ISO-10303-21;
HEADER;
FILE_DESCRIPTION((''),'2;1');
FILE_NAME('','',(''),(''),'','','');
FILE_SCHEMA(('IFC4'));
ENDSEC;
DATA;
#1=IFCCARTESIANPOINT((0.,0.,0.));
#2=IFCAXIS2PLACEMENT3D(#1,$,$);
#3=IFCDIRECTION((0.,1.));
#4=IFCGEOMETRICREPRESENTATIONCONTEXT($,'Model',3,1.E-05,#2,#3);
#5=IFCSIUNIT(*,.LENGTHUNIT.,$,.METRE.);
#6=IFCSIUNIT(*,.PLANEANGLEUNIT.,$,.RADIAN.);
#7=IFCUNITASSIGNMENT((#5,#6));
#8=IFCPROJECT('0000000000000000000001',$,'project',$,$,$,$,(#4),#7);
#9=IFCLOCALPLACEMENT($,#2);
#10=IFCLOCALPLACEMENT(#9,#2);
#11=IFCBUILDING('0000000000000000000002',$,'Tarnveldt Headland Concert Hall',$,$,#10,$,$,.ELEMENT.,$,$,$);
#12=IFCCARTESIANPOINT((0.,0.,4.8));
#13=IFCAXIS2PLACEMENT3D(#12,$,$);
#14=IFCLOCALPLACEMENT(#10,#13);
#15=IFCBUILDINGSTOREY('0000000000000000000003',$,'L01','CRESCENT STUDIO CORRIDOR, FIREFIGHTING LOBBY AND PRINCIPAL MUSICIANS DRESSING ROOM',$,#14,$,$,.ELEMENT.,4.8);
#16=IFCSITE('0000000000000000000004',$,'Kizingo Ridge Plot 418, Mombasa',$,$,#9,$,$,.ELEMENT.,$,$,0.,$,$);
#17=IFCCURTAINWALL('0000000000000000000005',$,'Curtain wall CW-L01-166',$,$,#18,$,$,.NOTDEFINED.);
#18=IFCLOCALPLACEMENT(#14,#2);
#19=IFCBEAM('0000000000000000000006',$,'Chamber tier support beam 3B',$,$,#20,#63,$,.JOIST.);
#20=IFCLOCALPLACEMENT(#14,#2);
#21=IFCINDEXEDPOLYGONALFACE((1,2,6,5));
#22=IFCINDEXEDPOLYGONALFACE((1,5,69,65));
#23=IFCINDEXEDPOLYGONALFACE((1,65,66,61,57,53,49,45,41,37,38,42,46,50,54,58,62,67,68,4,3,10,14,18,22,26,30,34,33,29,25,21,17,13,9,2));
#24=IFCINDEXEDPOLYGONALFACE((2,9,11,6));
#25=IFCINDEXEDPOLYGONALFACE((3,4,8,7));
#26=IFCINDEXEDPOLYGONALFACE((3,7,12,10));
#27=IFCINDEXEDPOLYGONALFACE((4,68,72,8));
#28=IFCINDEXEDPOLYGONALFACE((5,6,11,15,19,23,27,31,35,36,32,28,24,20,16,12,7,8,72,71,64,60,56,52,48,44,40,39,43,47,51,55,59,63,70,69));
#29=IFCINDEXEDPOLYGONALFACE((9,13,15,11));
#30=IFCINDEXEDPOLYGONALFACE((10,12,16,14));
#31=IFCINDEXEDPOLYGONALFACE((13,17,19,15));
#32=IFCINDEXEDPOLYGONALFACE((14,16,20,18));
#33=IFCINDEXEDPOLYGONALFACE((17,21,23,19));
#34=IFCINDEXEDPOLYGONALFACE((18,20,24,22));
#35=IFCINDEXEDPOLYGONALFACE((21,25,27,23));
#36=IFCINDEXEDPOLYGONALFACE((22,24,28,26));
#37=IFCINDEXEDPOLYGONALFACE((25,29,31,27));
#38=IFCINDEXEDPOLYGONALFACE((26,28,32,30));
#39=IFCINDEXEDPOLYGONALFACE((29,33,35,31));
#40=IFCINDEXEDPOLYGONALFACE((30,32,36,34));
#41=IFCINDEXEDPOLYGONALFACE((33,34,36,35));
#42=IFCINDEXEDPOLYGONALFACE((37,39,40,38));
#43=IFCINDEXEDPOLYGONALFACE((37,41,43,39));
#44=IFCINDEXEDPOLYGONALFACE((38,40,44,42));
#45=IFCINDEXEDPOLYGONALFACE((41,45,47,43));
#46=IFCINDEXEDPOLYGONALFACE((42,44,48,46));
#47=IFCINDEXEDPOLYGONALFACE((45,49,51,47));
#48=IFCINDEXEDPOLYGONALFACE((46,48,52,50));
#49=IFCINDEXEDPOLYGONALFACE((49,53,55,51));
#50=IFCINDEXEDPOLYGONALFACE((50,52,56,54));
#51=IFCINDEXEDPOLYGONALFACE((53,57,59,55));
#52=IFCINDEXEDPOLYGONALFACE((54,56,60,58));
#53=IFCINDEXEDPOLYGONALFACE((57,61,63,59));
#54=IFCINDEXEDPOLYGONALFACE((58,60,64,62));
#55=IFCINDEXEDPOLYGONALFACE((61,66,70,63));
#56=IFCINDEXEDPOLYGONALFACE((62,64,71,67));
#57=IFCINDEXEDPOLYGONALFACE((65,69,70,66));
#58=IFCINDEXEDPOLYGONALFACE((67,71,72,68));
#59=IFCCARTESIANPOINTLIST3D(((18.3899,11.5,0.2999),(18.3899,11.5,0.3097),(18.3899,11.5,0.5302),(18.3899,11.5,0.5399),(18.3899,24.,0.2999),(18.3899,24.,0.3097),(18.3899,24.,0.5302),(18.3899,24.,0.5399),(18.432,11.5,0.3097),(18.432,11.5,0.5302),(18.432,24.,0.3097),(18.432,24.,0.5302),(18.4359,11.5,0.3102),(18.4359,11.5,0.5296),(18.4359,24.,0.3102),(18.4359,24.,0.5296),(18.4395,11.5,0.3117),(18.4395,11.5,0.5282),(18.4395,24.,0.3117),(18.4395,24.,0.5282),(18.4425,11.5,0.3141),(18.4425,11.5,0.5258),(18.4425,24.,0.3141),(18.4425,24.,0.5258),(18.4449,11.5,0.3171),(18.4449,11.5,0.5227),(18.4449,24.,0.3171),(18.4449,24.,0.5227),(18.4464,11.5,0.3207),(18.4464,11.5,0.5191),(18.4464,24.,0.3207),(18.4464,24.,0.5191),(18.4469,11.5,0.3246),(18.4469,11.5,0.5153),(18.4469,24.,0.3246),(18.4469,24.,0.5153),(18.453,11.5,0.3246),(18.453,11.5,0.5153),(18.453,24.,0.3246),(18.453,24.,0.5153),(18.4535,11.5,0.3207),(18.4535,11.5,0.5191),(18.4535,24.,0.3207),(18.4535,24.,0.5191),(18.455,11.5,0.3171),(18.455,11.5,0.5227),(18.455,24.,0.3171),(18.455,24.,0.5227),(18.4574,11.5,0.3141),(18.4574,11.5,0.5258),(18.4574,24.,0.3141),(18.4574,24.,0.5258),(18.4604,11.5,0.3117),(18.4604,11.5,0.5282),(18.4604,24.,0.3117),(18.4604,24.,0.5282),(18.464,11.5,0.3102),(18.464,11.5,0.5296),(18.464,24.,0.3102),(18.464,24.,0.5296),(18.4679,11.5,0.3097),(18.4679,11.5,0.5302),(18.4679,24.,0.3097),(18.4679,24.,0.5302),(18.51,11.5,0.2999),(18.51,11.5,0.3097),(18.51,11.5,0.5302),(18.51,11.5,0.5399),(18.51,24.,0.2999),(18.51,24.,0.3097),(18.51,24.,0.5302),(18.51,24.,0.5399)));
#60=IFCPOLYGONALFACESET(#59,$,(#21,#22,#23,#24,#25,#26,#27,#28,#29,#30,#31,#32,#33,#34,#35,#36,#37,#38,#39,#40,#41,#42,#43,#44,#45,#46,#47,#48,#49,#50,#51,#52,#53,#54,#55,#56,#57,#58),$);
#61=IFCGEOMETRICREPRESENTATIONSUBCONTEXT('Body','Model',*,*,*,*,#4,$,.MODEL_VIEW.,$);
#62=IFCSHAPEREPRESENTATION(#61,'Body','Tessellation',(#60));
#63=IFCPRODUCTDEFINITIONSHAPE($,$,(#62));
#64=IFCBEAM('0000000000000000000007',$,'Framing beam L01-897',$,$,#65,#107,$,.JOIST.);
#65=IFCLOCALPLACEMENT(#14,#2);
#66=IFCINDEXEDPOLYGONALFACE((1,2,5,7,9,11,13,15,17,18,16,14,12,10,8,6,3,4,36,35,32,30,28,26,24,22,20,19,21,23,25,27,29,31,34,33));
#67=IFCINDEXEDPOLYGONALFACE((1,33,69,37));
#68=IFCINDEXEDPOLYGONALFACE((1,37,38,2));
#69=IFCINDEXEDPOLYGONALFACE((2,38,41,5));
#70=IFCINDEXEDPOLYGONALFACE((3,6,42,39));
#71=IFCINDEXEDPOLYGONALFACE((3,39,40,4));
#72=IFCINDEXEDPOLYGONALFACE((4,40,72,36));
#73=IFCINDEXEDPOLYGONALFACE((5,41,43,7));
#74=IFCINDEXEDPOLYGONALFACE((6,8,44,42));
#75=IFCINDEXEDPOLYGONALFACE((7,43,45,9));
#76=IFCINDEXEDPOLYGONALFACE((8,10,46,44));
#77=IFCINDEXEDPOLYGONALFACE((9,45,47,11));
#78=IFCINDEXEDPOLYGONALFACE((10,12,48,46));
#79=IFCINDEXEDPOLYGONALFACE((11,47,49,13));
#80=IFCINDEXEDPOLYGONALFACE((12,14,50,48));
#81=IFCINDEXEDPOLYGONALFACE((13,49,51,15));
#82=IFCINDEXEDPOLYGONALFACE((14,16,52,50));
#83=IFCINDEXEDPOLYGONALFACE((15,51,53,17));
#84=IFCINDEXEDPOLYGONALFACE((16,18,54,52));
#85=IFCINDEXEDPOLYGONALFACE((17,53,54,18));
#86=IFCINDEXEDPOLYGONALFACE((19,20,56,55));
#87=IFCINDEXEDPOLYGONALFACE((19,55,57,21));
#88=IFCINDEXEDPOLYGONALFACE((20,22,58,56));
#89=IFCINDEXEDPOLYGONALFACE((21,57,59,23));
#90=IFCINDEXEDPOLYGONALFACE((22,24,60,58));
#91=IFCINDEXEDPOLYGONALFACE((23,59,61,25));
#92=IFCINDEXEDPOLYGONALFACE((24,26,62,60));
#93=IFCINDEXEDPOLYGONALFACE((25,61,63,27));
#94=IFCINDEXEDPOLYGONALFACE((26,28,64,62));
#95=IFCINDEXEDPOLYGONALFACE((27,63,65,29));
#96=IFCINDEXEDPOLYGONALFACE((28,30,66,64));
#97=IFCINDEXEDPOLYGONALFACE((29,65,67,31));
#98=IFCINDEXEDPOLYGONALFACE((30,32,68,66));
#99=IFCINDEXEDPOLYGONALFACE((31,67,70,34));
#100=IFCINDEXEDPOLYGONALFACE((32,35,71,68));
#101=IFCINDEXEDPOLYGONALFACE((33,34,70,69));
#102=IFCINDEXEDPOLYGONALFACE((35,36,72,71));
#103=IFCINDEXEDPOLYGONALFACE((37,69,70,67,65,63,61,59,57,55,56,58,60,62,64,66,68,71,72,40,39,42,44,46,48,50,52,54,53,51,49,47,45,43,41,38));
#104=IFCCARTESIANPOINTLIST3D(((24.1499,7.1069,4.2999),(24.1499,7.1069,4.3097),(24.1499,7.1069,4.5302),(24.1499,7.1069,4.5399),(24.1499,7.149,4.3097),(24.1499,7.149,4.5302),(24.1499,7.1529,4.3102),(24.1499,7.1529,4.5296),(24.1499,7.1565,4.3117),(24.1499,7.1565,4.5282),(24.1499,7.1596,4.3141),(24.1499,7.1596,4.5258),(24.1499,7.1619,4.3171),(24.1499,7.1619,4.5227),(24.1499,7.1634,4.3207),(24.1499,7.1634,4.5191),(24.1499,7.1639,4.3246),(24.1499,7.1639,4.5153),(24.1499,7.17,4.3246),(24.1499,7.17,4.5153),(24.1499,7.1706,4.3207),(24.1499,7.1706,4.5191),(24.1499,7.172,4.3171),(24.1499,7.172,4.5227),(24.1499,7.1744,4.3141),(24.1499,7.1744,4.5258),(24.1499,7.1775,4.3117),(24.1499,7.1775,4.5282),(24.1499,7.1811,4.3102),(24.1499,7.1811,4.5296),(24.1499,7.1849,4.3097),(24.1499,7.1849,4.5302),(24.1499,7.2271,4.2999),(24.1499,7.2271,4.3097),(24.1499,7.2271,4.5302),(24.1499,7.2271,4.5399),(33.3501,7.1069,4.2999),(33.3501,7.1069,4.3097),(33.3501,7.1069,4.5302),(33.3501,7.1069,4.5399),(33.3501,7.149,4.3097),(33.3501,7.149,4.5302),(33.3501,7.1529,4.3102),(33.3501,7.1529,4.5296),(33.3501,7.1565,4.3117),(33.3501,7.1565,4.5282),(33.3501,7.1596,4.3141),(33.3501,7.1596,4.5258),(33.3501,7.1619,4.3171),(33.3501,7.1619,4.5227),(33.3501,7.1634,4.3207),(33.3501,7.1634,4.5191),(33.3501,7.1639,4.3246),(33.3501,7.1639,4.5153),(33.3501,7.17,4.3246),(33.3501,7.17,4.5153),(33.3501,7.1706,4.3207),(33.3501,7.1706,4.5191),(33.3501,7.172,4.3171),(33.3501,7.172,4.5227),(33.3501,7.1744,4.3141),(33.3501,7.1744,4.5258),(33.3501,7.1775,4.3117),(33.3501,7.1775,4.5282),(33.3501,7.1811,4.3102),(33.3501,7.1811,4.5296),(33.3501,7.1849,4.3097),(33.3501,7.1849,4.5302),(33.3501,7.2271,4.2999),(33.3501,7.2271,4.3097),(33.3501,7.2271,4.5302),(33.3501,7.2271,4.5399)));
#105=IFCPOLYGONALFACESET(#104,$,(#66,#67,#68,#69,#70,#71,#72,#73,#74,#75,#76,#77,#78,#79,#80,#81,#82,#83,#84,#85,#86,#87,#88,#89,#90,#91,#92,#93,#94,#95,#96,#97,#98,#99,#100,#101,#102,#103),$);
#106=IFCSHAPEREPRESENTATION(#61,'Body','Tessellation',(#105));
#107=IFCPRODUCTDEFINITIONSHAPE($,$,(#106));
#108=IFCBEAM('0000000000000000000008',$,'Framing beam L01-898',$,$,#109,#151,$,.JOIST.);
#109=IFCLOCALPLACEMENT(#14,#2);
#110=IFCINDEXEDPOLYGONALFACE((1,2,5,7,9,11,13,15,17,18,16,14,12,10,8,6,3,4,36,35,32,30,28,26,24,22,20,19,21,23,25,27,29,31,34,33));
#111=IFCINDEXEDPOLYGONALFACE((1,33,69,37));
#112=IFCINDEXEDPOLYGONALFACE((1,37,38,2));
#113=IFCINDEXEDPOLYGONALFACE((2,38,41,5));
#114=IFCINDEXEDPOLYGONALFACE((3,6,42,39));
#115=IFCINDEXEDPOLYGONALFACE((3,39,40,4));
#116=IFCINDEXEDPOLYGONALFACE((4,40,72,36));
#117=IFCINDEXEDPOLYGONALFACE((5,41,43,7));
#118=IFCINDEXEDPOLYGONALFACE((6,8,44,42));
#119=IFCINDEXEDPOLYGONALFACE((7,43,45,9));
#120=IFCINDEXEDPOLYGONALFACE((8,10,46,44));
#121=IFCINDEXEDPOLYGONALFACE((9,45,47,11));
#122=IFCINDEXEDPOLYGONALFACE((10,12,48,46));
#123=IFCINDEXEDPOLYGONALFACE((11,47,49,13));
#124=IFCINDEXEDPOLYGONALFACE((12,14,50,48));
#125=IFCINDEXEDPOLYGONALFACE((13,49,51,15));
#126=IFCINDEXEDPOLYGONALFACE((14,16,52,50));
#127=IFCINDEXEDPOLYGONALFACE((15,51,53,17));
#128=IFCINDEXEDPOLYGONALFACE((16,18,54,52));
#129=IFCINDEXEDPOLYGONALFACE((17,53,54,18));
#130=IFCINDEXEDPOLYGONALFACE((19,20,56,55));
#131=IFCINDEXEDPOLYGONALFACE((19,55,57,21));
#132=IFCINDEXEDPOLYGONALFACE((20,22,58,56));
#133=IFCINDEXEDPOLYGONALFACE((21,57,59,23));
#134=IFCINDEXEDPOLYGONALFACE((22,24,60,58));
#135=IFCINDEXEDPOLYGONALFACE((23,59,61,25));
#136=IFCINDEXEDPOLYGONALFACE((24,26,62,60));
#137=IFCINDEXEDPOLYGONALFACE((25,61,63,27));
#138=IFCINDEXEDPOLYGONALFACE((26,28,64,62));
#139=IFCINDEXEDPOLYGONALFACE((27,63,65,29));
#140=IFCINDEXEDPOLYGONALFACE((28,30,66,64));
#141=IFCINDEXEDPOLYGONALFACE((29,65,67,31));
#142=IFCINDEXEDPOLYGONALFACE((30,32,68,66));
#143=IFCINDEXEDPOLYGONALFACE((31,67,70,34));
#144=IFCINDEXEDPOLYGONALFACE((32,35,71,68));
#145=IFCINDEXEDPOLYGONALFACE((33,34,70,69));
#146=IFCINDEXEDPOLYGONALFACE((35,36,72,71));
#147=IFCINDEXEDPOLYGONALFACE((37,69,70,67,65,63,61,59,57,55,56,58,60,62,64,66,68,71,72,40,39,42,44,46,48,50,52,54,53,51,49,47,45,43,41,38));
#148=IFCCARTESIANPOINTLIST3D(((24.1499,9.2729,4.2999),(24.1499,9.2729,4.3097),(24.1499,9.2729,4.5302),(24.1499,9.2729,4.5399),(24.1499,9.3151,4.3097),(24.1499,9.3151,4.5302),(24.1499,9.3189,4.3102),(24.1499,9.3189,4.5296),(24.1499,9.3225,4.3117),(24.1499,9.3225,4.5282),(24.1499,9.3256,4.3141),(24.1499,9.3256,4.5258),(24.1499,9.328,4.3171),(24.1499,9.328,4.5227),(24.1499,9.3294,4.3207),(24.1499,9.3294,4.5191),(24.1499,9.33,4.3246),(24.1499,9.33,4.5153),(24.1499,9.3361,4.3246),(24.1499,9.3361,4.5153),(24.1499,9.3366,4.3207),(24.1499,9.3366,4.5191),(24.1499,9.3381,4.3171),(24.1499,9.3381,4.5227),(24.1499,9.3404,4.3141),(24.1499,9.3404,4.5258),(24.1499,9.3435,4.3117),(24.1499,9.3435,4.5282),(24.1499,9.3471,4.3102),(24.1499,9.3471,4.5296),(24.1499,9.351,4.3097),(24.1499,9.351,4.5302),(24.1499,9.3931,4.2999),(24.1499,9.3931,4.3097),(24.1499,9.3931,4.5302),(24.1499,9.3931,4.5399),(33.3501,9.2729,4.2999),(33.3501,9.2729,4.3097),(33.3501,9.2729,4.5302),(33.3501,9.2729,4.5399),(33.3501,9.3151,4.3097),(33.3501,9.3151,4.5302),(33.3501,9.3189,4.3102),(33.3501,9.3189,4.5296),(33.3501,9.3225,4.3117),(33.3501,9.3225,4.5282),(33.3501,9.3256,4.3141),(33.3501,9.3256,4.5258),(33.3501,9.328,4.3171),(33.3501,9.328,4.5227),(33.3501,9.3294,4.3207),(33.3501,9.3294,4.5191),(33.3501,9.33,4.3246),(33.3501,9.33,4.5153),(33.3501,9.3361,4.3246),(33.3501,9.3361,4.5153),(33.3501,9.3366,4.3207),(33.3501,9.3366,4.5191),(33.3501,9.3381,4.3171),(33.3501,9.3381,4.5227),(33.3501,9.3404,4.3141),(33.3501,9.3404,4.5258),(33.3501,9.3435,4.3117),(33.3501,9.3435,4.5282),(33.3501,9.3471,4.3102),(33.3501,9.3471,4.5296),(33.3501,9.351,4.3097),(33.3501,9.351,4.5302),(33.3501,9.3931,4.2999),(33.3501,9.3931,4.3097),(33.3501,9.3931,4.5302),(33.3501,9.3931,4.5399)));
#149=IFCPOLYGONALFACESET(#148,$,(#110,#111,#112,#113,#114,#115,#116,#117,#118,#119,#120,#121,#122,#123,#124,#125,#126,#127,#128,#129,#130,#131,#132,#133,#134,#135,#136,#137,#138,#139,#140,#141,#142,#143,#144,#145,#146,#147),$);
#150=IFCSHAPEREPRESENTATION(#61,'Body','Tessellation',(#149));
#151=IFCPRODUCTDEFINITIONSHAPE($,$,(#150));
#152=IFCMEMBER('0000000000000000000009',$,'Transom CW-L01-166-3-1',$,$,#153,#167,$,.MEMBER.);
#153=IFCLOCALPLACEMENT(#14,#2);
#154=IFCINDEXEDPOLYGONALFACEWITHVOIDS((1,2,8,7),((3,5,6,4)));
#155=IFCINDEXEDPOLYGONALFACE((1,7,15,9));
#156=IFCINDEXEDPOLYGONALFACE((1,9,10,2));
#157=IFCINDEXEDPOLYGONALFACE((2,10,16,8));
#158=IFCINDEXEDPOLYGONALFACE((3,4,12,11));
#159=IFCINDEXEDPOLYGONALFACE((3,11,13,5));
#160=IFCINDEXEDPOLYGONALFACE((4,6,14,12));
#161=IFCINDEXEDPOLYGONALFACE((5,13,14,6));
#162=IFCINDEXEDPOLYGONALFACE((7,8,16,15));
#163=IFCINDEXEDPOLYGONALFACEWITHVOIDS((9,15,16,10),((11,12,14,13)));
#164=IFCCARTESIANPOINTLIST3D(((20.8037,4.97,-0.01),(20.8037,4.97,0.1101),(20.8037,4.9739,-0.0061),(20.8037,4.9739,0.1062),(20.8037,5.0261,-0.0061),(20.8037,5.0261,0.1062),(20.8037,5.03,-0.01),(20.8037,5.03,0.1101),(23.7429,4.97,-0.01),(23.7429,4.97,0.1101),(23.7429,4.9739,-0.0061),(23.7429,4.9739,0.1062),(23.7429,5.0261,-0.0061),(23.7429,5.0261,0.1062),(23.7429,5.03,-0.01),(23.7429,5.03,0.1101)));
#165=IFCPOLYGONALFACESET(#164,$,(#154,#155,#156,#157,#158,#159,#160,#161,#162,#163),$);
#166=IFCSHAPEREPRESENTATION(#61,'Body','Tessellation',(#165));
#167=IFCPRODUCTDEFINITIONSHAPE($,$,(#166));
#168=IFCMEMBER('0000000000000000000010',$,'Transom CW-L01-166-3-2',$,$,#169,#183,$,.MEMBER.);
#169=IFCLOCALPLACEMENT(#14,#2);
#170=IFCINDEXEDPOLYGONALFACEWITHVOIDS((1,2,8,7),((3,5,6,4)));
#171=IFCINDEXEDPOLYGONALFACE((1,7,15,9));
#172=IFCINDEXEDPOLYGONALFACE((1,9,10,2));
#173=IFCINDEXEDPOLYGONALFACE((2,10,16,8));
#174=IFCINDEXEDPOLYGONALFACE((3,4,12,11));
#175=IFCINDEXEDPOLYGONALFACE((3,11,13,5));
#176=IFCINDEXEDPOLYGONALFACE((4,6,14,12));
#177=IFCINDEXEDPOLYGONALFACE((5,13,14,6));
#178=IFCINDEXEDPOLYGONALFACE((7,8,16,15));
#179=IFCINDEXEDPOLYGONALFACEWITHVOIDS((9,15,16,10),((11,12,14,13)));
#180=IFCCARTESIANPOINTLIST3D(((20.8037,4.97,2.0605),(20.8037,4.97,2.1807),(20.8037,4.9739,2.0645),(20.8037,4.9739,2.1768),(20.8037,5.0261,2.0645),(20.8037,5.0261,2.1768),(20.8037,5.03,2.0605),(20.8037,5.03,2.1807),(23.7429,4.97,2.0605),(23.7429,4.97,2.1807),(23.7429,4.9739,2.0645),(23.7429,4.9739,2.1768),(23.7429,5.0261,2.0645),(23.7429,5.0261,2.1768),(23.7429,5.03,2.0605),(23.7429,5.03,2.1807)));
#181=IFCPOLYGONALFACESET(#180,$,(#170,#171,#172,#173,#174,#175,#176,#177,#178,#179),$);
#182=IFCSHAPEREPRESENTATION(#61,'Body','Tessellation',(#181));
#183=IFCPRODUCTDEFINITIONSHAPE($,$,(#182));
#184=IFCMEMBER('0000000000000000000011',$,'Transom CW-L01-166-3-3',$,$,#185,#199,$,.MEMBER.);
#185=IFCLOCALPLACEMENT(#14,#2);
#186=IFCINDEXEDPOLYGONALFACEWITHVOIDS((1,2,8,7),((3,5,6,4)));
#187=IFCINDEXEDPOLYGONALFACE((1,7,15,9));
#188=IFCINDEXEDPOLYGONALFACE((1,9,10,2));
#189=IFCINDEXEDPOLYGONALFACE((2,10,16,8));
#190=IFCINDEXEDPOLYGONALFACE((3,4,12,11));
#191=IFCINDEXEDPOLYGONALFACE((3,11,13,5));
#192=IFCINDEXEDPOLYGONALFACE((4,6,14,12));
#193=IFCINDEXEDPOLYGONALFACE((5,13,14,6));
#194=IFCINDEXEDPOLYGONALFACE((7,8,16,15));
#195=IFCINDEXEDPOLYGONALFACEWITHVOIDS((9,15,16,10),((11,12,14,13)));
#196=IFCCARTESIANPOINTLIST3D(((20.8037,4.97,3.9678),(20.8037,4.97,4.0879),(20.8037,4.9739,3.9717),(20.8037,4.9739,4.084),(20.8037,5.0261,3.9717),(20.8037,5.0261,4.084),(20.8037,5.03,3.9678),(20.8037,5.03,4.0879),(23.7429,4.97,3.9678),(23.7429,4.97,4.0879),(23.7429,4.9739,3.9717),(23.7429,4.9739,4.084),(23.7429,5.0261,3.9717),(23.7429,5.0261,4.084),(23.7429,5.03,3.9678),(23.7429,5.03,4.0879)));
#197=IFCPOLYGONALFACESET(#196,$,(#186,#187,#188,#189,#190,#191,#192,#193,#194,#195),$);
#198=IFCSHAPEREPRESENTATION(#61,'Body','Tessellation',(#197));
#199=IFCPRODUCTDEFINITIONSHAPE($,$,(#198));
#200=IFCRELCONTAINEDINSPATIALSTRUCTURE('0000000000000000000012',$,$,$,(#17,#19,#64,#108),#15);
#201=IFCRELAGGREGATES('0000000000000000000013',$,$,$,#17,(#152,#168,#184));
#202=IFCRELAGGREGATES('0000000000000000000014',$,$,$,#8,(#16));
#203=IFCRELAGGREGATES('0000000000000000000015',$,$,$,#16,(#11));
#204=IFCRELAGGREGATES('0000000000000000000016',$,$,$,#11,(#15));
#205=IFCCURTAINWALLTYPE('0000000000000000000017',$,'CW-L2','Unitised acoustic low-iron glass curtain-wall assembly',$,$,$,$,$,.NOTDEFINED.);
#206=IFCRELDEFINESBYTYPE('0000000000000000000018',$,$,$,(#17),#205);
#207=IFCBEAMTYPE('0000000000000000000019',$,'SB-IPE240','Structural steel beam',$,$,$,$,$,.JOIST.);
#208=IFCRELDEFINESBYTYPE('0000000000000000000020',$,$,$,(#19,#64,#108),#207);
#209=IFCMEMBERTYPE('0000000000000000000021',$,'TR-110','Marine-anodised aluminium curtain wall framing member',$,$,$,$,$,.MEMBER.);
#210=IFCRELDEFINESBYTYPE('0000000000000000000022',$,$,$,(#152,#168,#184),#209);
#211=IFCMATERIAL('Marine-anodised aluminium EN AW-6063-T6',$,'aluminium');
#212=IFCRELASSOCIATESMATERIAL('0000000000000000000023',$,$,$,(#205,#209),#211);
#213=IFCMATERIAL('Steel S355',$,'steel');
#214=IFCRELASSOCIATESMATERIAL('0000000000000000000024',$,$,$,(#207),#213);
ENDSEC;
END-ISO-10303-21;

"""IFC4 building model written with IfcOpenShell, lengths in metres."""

from ifc_helpers import new_model, si_unit, direction, frame, origin, origin_2d, place, context, subcontext, project, spatial, hollow_rectangle, i_section, extrude, material, material_profile, profile_set, type_object, element, aggregate, save


model = new_model("IFC4")

# Units and contexts
model_context = context("Model", 3, precision=1e-05, world=origin(), true_north=direction((0.0, 1.0)))
body_context = subcontext(model_context, "Body", "Model", "MODEL_VIEW")
ifc_project = project(units=[si_unit("LENGTHUNIT", "METRE"), si_unit("PLANEANGLEUNIT", "RADIAN")], contexts=[model_context])

# Site, building, storey
site_placement = place(None, origin())
site = spatial("IfcSite", under=ifc_project, at=site_placement, Name="Kizingo Ridge Plot 418, Mombasa", CompositionType="ELEMENT", RefElevation=0.0)
building_placement = place(site_placement, origin())
building = spatial("IfcBuilding", under=site, at=building_placement, Name="Tarnveldt Headland Concert Hall", CompositionType="ELEMENT")
storey_placement = place(building_placement, frame((0.0, 0.0, 4.8)))
storey = spatial("IfcBuildingStorey", under=building, at=storey_placement, Name="L01", Description="CRESCENT STUDIO CORRIDOR, FIREFIGHTING LOBBY AND PRINCIPAL MUSICIANS DRESSING ROOM", CompositionType="ELEMENT", Elevation=4.8)

# Shared definitions
ifc_material_1 = material(Name="Steel S355", Category="steel")

# Curtain wall
ifc_material_2 = material(Name="Marine-anodised aluminium EN AW-6063-T6", Category="aluminium")
curtain_wall_type = type_object("IfcCurtainWallType", Name="CW-L2", Description="Unitised acoustic low-iron glass curtain-wall assembly", PredefinedType="NOTDEFINED", material=ifc_material_2)
curtain_wall_placement = place(storey_placement, origin())
curtain_wall = element("IfcCurtainWall", 1, at=curtain_wall_placement, inside=storey, type_object=curtain_wall_type, Name="Curtain wall CW-L01-166", PredefinedType="NOTDEFINED")

# Beams
ifc_material_profile_1 = material_profile(ifc_material_1, i_section(OverallWidth=0.1201, OverallDepth=0.24, WebThickness=0.0061, FlangeThickness=0.0098, FilletRadius=0.0149, at=origin_2d()), Name="IPE240", Category="steel")
ifc_profile_set_1 = profile_set([ifc_material_profile_1], Name="Steel S355")
beam_type_1 = type_object("IfcBeamType", Name="SB-IPE240", Description="Structural steel beam", PredefinedType="JOIST", material=ifc_profile_set_1)
for number, where, z_axis, x_axis, name in (
    (2, (18.45, 11.5, 0.4199), (0.0, 1.0, 0.0), (-1.0, 0.0, 0.0), "Chamber tier support beam 3B"),
):
    element("IfcBeam", number, at=place(storey_placement, frame(where, z_axis=z_axis, x_axis=x_axis)), inside=storey, type_object=beam_type_1, Name=name, PredefinedType="JOIST", context=body_context, shape_type="SweptSolid", body=[
        extrude(i_section(OverallWidth=0.1201, OverallDepth=0.24, WebThickness=0.0061, FlangeThickness=0.0098, FilletRadius=0.0149, at=origin_2d()), origin(), (0.0, 0.0, 1.0), 12.5),
    ])
for number, where, z_axis, x_axis, name in (
    (3, (24.1499, 7.167, 4.4199), (1.0, 0.0, 0.0), (0.0, 1.0, 0.0), "Framing beam L01-897"),
    (4, (24.1499, 9.333, 4.4199), (1.0, 0.0, 0.0), (0.0, 1.0, 0.0), "Framing beam L01-898"),
):
    element("IfcBeam", number, at=place(storey_placement, frame(where, z_axis=z_axis, x_axis=x_axis)), inside=storey, type_object=beam_type_1, Name=name, PredefinedType="JOIST", context=body_context, shape_type="SweptSolid", body=[
        extrude(i_section(OverallWidth=0.1201, OverallDepth=0.24, WebThickness=0.0061, FlangeThickness=0.0098, FilletRadius=0.0149, at=origin_2d()), origin(), (0.0, 0.0, 1.0), 9.2002),
    ])

# Members
ifc_material_profile_2 = material_profile(ifc_material_2, hollow_rectangle(XDim=0.0601, YDim=0.1201, WallThickness=0.0039, at=origin_2d()), Name="ALU TRANSOM 60x120x4", Category="aluminium")
ifc_profile_set_2 = profile_set([ifc_material_profile_2], Name="Marine-anodised aluminium EN AW-6063-T6")
member_type_1 = type_object("IfcMemberType", Name="TR-110", Description="Marine-anodised aluminium curtain wall framing member", PredefinedType="MEMBER", material=ifc_profile_set_2)
member_1_placement = place(storey_placement, frame((20.8037, 5.0, 0.05), z_axis=(1.0, 0.0, 0.0), x_axis=(0.0, 1.0, 0.0)))
member_1 = element("IfcMember", 5, at=member_1_placement, type_object=member_type_1, Name="Transom CW-L01-166-3-1", PredefinedType="MEMBER", context=body_context, shape_type="SweptSolid", body=[
    extrude(hollow_rectangle(XDim=0.0601, YDim=0.1201, WallThickness=0.0039, at=origin_2d()), origin(), (0.0, 0.0, 1.0), 2.9392),
])
member_2_placement = place(storey_placement, frame((20.8037, 5.0, 2.1206), z_axis=(1.0, 0.0, 0.0), x_axis=(0.0, 1.0, 0.0)))
member_2 = element("IfcMember", 6, at=member_2_placement, type_object=member_type_1, Name="Transom CW-L01-166-3-2", PredefinedType="MEMBER", context=body_context, shape_type="SweptSolid", body=[
    extrude(hollow_rectangle(XDim=0.0601, YDim=0.1201, WallThickness=0.0039, at=origin_2d()), origin(), (0.0, 0.0, 1.0), 2.9392),
])
member_3_placement = place(storey_placement, frame((20.8037, 5.0, 4.0278), z_axis=(1.0, 0.0, 0.0), x_axis=(0.0, 1.0, 0.0)))
member_3 = element("IfcMember", 7, at=member_3_placement, type_object=member_type_1, Name="Transom CW-L01-166-3-3", PredefinedType="MEMBER", context=body_context, shape_type="SweptSolid", body=[
    extrude(hollow_rectangle(XDim=0.0601, YDim=0.1201, WallThickness=0.0039, at=origin_2d()), origin(), (0.0, 0.0, 1.0), 2.9392),
])

aggregate(curtain_wall, [member_1, member_2, member_3])

save(model, "model.ifc")
